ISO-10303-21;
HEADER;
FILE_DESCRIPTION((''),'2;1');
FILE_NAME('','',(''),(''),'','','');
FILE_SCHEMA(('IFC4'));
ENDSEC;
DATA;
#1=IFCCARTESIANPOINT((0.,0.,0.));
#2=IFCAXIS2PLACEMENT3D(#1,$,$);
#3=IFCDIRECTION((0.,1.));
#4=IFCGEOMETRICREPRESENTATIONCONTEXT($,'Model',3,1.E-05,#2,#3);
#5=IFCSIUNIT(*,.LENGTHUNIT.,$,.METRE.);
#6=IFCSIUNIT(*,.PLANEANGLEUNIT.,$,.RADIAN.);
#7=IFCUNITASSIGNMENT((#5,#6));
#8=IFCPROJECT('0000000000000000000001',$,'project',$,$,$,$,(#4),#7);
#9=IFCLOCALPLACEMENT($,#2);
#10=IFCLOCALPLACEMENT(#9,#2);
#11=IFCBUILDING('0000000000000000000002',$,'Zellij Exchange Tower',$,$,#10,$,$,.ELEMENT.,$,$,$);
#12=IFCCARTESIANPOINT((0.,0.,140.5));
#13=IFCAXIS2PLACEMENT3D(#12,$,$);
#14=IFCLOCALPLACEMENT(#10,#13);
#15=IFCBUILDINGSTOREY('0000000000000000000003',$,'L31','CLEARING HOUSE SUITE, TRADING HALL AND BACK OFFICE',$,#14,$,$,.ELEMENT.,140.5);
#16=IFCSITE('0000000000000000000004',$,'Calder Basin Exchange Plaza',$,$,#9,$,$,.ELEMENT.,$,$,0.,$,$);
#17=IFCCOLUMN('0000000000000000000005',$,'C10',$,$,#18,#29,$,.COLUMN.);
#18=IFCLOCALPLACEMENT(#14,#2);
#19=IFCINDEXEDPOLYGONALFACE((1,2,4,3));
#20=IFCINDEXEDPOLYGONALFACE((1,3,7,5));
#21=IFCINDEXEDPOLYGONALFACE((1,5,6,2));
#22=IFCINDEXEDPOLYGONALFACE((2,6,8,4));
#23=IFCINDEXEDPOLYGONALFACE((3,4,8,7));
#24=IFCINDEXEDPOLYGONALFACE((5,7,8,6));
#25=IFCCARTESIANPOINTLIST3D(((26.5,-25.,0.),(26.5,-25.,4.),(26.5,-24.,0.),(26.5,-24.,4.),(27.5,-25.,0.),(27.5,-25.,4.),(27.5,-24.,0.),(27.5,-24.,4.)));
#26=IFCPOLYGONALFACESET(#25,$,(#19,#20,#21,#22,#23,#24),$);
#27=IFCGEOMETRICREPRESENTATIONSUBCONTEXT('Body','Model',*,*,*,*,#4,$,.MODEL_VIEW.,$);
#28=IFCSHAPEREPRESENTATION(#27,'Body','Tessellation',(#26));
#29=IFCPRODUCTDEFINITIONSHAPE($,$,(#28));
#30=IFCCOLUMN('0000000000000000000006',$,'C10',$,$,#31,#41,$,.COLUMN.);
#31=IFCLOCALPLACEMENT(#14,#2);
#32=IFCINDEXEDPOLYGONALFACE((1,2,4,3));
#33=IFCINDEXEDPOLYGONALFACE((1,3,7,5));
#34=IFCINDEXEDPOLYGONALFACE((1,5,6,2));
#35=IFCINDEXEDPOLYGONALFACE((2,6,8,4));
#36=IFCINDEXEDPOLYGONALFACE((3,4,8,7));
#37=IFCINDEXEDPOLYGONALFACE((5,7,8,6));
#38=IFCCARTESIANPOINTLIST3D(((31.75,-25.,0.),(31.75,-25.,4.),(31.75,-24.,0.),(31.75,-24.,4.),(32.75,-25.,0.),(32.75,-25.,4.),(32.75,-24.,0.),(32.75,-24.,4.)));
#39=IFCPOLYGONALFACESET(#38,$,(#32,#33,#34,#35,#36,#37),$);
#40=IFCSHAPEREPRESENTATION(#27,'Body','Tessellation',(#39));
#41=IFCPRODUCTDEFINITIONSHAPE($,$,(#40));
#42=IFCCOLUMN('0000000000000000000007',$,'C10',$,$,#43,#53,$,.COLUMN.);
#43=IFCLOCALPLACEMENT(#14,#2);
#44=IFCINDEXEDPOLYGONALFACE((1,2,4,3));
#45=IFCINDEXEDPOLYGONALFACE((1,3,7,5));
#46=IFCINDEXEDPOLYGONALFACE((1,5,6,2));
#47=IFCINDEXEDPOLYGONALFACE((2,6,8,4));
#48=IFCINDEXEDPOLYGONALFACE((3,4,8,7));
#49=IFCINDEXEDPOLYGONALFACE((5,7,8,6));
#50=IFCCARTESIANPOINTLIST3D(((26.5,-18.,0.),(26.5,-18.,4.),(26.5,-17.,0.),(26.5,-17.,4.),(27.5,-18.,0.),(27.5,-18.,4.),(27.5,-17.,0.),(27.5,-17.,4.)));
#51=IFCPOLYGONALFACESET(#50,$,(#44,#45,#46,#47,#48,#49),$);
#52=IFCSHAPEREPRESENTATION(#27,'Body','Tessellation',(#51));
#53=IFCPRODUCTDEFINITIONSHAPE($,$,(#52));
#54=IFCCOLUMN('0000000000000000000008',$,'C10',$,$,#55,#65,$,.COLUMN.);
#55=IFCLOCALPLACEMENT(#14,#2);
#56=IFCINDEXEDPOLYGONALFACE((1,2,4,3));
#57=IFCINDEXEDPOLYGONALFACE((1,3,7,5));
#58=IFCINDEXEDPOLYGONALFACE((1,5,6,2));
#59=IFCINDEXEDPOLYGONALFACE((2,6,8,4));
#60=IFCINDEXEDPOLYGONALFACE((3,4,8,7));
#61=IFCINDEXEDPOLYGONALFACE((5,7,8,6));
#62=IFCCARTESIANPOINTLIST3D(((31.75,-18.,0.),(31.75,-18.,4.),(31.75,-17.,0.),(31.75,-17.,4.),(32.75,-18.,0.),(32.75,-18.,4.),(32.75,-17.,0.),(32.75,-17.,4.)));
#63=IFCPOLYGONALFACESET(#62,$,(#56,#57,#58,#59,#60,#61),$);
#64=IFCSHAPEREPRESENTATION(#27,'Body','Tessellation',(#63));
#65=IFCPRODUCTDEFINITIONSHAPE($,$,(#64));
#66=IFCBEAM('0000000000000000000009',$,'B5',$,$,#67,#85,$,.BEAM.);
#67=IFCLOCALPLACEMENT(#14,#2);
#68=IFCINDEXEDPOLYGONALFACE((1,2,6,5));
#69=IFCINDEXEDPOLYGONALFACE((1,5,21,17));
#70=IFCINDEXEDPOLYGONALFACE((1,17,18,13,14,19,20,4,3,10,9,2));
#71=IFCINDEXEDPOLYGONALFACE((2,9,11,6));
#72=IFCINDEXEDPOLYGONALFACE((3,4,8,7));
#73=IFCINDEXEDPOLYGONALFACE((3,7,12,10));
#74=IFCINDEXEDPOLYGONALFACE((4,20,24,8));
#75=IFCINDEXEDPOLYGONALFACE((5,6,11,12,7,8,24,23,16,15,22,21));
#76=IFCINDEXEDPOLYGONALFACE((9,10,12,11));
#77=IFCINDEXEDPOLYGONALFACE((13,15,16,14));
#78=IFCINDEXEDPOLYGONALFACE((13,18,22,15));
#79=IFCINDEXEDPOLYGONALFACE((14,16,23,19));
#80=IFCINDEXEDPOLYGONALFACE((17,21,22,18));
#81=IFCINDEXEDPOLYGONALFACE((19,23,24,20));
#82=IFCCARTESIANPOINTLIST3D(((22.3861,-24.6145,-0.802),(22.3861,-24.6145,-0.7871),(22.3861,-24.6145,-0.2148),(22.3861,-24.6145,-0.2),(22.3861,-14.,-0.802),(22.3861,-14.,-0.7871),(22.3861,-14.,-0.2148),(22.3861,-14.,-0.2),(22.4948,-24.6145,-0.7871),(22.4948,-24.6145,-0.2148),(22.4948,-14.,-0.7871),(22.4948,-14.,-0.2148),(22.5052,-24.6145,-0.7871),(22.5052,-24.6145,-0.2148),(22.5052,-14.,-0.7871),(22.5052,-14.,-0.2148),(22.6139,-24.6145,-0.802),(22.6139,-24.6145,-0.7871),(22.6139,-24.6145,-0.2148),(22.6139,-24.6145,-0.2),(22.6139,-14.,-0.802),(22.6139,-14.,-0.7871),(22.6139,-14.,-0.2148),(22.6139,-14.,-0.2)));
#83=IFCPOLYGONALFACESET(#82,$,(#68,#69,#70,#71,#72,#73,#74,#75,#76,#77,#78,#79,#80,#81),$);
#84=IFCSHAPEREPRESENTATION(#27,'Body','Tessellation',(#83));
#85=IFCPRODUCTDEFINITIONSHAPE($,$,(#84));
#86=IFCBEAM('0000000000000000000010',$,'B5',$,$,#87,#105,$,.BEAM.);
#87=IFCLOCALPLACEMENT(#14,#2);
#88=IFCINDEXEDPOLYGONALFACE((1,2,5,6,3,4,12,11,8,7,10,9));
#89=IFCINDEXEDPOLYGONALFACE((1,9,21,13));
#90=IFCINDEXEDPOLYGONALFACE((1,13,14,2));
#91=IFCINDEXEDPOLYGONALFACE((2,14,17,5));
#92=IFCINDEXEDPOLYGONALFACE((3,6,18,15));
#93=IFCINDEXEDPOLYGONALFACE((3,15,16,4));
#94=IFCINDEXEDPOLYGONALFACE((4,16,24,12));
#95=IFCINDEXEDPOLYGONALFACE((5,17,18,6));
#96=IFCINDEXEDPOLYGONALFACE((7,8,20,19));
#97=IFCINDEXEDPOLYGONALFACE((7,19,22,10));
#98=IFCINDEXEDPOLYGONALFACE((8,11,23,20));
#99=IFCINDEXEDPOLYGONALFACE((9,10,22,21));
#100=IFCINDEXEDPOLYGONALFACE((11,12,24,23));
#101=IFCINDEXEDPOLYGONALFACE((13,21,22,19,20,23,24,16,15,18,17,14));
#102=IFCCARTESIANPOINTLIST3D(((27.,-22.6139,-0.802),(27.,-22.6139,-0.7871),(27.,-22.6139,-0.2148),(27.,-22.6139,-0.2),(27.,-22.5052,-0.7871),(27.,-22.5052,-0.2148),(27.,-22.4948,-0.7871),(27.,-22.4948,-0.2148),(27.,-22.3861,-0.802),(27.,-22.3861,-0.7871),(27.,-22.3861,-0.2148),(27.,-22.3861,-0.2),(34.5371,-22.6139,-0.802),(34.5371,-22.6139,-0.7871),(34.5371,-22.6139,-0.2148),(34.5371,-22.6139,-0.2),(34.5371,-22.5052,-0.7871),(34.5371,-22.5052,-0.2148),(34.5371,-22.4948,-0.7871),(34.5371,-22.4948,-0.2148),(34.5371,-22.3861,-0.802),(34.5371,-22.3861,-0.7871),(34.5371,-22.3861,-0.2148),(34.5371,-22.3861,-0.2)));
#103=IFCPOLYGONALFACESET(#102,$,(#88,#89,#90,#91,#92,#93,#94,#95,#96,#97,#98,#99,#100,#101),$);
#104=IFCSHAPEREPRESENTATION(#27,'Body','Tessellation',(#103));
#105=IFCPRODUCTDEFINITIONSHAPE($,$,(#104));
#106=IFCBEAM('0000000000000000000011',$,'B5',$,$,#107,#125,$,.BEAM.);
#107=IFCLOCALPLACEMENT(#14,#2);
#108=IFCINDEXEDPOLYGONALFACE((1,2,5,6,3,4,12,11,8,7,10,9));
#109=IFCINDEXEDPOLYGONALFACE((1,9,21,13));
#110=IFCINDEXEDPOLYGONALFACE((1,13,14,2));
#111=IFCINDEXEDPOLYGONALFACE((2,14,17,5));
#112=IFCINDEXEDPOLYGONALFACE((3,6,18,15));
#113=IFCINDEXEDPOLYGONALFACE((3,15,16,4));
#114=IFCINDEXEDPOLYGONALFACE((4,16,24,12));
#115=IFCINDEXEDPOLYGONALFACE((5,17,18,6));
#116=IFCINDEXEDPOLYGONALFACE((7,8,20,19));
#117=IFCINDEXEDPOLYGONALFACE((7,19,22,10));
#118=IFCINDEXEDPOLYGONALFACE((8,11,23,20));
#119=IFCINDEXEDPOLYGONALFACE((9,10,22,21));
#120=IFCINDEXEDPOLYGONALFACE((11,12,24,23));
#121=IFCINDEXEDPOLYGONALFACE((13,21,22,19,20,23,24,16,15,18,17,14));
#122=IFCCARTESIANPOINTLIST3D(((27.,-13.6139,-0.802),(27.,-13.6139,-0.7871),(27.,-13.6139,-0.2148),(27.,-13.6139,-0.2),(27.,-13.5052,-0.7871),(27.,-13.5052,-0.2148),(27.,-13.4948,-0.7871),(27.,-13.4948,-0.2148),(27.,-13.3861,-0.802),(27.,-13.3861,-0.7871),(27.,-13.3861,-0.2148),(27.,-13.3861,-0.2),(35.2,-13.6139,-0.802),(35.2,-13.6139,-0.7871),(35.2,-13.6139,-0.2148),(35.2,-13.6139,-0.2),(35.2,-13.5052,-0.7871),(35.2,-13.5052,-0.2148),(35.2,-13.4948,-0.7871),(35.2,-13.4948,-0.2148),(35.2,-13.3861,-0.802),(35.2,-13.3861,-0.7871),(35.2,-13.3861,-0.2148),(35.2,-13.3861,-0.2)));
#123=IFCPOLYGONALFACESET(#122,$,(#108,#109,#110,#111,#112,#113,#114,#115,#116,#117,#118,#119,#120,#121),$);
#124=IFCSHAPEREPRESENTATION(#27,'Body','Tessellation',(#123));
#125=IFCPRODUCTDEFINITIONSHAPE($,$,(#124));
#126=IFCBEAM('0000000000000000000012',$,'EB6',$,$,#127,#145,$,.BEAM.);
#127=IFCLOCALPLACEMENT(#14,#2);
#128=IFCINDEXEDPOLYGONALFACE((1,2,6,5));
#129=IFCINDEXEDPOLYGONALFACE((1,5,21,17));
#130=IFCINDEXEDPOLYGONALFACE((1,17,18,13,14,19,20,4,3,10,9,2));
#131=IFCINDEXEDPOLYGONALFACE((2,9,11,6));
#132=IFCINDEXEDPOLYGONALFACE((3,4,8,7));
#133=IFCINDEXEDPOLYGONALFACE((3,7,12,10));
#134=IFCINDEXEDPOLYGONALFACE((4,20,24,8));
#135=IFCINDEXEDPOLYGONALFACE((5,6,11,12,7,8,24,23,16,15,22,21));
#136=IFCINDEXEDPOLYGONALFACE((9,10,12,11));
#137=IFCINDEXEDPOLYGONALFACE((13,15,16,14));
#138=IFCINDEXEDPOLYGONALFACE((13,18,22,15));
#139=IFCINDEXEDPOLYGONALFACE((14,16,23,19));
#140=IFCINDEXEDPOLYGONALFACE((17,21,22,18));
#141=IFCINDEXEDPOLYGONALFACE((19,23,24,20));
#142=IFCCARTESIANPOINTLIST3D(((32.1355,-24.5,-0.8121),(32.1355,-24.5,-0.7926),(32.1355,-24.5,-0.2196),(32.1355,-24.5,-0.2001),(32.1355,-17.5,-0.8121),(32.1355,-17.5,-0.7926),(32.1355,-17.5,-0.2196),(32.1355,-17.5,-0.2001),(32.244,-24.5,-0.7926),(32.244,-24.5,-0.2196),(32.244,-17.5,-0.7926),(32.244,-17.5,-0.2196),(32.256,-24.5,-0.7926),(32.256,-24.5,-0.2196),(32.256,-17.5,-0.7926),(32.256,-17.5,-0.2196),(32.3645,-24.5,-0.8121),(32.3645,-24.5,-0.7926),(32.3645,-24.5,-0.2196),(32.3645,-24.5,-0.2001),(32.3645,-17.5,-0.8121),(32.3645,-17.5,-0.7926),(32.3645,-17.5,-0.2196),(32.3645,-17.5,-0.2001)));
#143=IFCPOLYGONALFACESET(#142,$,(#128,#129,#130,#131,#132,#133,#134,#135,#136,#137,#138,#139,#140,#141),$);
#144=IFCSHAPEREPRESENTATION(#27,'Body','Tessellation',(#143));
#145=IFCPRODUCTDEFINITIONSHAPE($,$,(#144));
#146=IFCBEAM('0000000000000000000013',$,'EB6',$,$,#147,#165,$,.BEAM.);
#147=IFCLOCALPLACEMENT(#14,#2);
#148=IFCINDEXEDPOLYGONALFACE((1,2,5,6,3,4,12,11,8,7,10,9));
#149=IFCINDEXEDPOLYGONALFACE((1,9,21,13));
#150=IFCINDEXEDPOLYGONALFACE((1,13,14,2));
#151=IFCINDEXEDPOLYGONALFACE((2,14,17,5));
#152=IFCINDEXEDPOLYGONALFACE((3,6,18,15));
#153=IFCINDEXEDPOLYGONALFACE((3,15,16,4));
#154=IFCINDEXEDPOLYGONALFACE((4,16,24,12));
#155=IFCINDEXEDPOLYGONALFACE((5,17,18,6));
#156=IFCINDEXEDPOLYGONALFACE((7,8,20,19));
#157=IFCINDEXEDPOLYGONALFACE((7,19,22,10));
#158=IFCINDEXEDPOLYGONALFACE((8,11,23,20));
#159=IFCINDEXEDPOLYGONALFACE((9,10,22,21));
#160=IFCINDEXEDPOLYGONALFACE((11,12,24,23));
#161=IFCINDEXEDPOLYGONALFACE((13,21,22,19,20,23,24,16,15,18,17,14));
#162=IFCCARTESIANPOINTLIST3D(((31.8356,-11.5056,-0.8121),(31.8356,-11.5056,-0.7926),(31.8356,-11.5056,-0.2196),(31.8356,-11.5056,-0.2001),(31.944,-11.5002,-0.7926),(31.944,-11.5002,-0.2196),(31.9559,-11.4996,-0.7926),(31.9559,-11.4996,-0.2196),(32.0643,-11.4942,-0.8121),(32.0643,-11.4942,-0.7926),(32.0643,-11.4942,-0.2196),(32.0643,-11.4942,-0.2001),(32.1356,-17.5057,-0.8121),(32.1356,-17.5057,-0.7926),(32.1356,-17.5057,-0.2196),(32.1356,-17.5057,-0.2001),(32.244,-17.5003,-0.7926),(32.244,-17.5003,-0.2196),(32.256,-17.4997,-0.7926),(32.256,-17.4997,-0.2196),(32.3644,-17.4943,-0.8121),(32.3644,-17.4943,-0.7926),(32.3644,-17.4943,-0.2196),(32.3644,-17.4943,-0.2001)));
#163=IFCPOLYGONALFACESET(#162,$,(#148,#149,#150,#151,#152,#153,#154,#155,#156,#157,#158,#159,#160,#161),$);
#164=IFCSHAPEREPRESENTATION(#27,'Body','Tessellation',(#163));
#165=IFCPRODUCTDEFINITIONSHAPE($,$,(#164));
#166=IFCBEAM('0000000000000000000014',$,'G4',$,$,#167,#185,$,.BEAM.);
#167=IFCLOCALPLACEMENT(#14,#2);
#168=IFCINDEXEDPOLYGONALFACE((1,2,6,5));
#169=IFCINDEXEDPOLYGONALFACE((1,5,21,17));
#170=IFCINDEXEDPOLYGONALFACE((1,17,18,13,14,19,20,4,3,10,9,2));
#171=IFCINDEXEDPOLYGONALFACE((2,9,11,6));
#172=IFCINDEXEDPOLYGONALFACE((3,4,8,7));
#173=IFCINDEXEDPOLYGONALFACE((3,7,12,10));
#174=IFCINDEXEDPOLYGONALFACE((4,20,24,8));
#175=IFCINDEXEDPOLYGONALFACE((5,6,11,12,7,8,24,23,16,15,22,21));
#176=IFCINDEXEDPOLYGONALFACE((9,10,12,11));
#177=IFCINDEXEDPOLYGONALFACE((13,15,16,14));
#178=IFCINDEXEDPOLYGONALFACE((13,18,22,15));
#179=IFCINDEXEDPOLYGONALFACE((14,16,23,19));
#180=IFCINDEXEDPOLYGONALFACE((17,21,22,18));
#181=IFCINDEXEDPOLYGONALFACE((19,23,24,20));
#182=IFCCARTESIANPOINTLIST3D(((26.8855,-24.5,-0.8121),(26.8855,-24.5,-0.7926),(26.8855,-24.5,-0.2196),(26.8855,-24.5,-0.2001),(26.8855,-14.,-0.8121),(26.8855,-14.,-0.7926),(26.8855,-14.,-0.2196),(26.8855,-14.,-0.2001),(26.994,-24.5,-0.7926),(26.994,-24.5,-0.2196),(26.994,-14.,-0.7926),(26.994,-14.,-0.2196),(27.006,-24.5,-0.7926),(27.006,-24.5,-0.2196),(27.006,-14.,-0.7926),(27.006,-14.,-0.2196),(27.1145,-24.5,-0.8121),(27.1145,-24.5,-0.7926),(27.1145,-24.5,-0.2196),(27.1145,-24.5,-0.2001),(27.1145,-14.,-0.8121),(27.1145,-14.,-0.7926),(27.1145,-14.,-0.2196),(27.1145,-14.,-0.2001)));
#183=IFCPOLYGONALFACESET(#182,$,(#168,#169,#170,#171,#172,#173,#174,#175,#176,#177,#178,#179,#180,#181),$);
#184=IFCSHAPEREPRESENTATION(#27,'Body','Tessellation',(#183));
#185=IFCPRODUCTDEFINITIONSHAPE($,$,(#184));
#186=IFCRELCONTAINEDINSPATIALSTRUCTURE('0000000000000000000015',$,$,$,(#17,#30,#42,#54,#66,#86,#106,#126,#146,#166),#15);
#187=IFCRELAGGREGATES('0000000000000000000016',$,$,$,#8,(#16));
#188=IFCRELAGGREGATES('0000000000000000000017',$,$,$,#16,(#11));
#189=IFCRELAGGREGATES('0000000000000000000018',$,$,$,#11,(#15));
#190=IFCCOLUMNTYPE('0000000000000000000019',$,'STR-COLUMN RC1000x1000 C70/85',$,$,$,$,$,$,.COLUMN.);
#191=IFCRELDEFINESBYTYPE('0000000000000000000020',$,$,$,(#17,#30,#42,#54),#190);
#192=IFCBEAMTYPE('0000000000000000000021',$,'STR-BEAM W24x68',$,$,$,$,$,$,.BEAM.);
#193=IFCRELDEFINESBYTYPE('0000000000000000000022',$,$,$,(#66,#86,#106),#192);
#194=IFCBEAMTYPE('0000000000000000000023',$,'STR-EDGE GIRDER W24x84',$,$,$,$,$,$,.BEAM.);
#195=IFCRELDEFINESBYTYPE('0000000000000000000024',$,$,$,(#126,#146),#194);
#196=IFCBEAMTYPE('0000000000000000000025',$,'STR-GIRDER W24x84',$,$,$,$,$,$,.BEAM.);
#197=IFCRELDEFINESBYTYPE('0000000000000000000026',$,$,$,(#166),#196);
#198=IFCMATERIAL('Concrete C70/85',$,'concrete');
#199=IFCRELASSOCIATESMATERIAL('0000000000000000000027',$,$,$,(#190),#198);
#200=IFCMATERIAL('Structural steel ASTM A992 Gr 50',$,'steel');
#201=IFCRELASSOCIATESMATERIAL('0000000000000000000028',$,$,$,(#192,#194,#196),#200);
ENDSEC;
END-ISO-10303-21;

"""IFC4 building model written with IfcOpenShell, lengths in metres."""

from ifc_helpers import new_model, si_unit, direction, frame, origin, origin_2d, place, context, subcontext, project, spatial, rectangle, i_section, extrude, material, material_profile, profile_set, type_object, element, save


model = new_model("IFC4")

# Units and contexts
model_context = context("Model", 3, precision=1e-05, world=origin(), true_north=direction((0.0, 1.0)))
body_context = subcontext(model_context, "Body", "Model", "MODEL_VIEW")
ifc_project = project(units=[si_unit("LENGTHUNIT", "METRE"), si_unit("PLANEANGLEUNIT", "RADIAN")], contexts=[model_context])

# Site, building, storey
site_placement = place(None, origin())
site = spatial("IfcSite", under=ifc_project, at=site_placement, Name="Calder Basin Exchange Plaza", CompositionType="ELEMENT", RefElevation=0.0)
building_placement = place(site_placement, origin())
building = spatial("IfcBuilding", under=site, at=building_placement, Name="Zellij Exchange Tower", CompositionType="ELEMENT")
storey_placement = place(building_placement, frame((0.0, 0.0, 140.5)))
storey = spatial("IfcBuildingStorey", under=building, at=storey_placement, Name="L31", Description="CLEARING HOUSE SUITE, TRADING HALL AND BACK OFFICE", CompositionType="ELEMENT", Elevation=140.5)

# Columns
ifc_material_1 = material(Name="Concrete C70/85", Category="concrete")
ifc_material_profile_1 = material_profile(ifc_material_1, rectangle(XDim=1.0, YDim=1.0, at=origin_2d()), Name="STR-COLUMN RC1000x1000 C70/85")
ifc_profile_set_1 = profile_set([ifc_material_profile_1], Name="Concrete C70/85")
column_type = type_object("IfcColumnType", Name="STR-COLUMN RC1000x1000 C70/85", PredefinedType="COLUMN", material=ifc_profile_set_1)
for number, where, z_axis, x_axis, name in (
    (1, (27.0, -24.5, 0.0), (0.0, 0.0, 1.0), (1.0, 0.0, 0.0), "C10"),
    (2, (32.25, -24.5, 0.0), (0.0, 0.0, 1.0), (1.0, 0.0, 0.0), "C10"),
    (3, (27.0, -17.5, 0.0), (0.0, 0.0, 1.0), (1.0, 0.0, 0.0), "C10"),
    (4, (32.25, -17.5, 0.0), (0.0, 0.0, 1.0), (1.0, 0.0, 0.0), "C10"),
):
    element("IfcColumn", number, at=place(storey_placement, frame(where, z_axis=z_axis, x_axis=x_axis)), inside=storey, type_object=column_type, Name=name, PredefinedType="COLUMN", context=body_context, shape_type="SweptSolid", body=[
        extrude(rectangle(XDim=1.0, YDim=1.0, at=origin_2d()), origin(), (0.0, 0.0, 1.0), 4.0),
    ])

# Beams
ifc_material_2 = material(Name="Structural steel ASTM A992 Gr 50", Category="steel")
ifc_material_profile_2 = material_profile(ifc_material_2, i_section(OverallWidth=0.2278, OverallDepth=0.6021, WebThickness=0.0105, FlangeThickness=0.0149, at=origin_2d()), Name="W24x68")
ifc_profile_set_2 = profile_set([ifc_material_profile_2], Name="Structural steel ASTM A992 Gr 50")
beam_type_1 = type_object("IfcBeamType", Name="STR-BEAM W24x68", PredefinedType="BEAM", material=ifc_profile_set_2)
beam_1_placement = place(storey_placement, frame((22.5, -24.6145, -0.501), z_axis=(0.0, 1.0, 0.0), x_axis=(-1.0, 0.0, 0.0)))
element("IfcBeam", 5, at=beam_1_placement, inside=storey, type_object=beam_type_1, Name="B5", PredefinedType="BEAM", context=body_context, shape_type="SweptSolid", body=[
    extrude(i_section(OverallWidth=0.2278, OverallDepth=0.6021, WebThickness=0.0105, FlangeThickness=0.0149, at=origin_2d()), origin(), (0.0, 0.0, 1.0), 10.6145),
])
beam_2_placement = place(storey_placement, frame((27.0, -22.5, -0.501), z_axis=(1.0, 0.0, 0.0), x_axis=(0.0, 1.0, 0.0)))
element("IfcBeam", 6, at=beam_2_placement, inside=storey, type_object=beam_type_1, Name="B5", PredefinedType="BEAM", context=body_context, shape_type="SweptSolid", body=[
    extrude(i_section(OverallWidth=0.2278, OverallDepth=0.6021, WebThickness=0.0105, FlangeThickness=0.0149, at=origin_2d()), origin(), (0.0, 0.0, 1.0), 7.5371),
])
beam_3_placement = place(storey_placement, frame((27.0, -13.5, -0.501), z_axis=(1.0, 0.0, 0.0), x_axis=(0.0, 1.0, 0.0)))
element("IfcBeam", 7, at=beam_3_placement, inside=storey, type_object=beam_type_1, Name="B5", PredefinedType="BEAM", context=body_context, shape_type="SweptSolid", body=[
    extrude(i_section(OverallWidth=0.2278, OverallDepth=0.6021, WebThickness=0.0105, FlangeThickness=0.0149, at=origin_2d()), origin(), (0.0, 0.0, 1.0), 8.2),
])
ifc_material_profile_3 = material_profile(ifc_material_2, i_section(OverallWidth=0.229, OverallDepth=0.6121, WebThickness=0.012, FlangeThickness=0.0195, at=origin_2d()), Name="W24x84")
ifc_profile_set_3 = profile_set([ifc_material_profile_3], Name="Structural steel ASTM A992 Gr 50")
beam_type_2 = type_object("IfcBeamType", Name="STR-EDGE GIRDER W24x84", PredefinedType="BEAM", material=ifc_profile_set_3)
beam_4_placement = place(storey_placement, frame((32.25, -24.5, -0.5061), z_axis=(0.0, 1.0, 0.0), x_axis=(-1.0, 0.0, 0.0)))
element("IfcBeam", 8, at=beam_4_placement, inside=storey, type_object=beam_type_2, Name="EB6", PredefinedType="BEAM", context=body_context, shape_type="SweptSolid", body=[
    extrude(i_section(OverallWidth=0.229, OverallDepth=0.6121, WebThickness=0.012, FlangeThickness=0.0195, at=origin_2d()), origin(), (0.0, 0.0, 1.0), 7.0),
])
beam_5_placement = place(storey_placement, frame((32.25, -17.5, -0.5061), z_axis=(-0.049946, 0.998752, 0.0), x_axis=(-0.998752, -0.049946, 0.0)))
element("IfcBeam", 9, at=beam_5_placement, inside=storey, type_object=beam_type_2, Name="EB6", PredefinedType="BEAM", context=body_context, shape_type="SweptSolid", body=[
    extrude(i_section(OverallWidth=0.229, OverallDepth=0.6121, WebThickness=0.012, FlangeThickness=0.0195, at=origin_2d()), origin(), (0.0, 0.0, 1.0), 6.0076),
])
ifc_material_profile_4 = material_profile(ifc_material_2, i_section(OverallWidth=0.229, OverallDepth=0.6121, WebThickness=0.012, FlangeThickness=0.0195, at=origin_2d()), Name="W24x84")
ifc_profile_set_4 = profile_set([ifc_material_profile_4], Name="Structural steel ASTM A992 Gr 50")
beam_type_3 = type_object("IfcBeamType", Name="STR-GIRDER W24x84", PredefinedType="BEAM", material=ifc_profile_set_4)
beam_6_placement = place(storey_placement, frame((27.0, -24.5, -0.5061), z_axis=(0.0, 1.0, 0.0), x_axis=(-1.0, 0.0, 0.0)))
element("IfcBeam", 10, at=beam_6_placement, inside=storey, type_object=beam_type_3, Name="G4", PredefinedType="BEAM", context=body_context, shape_type="SweptSolid", body=[
    extrude(i_section(OverallWidth=0.229, OverallDepth=0.6121, WebThickness=0.012, FlangeThickness=0.0195, at=origin_2d()), origin(), (0.0, 0.0, 1.0), 10.5),
])

save(model, "model.ifc")
